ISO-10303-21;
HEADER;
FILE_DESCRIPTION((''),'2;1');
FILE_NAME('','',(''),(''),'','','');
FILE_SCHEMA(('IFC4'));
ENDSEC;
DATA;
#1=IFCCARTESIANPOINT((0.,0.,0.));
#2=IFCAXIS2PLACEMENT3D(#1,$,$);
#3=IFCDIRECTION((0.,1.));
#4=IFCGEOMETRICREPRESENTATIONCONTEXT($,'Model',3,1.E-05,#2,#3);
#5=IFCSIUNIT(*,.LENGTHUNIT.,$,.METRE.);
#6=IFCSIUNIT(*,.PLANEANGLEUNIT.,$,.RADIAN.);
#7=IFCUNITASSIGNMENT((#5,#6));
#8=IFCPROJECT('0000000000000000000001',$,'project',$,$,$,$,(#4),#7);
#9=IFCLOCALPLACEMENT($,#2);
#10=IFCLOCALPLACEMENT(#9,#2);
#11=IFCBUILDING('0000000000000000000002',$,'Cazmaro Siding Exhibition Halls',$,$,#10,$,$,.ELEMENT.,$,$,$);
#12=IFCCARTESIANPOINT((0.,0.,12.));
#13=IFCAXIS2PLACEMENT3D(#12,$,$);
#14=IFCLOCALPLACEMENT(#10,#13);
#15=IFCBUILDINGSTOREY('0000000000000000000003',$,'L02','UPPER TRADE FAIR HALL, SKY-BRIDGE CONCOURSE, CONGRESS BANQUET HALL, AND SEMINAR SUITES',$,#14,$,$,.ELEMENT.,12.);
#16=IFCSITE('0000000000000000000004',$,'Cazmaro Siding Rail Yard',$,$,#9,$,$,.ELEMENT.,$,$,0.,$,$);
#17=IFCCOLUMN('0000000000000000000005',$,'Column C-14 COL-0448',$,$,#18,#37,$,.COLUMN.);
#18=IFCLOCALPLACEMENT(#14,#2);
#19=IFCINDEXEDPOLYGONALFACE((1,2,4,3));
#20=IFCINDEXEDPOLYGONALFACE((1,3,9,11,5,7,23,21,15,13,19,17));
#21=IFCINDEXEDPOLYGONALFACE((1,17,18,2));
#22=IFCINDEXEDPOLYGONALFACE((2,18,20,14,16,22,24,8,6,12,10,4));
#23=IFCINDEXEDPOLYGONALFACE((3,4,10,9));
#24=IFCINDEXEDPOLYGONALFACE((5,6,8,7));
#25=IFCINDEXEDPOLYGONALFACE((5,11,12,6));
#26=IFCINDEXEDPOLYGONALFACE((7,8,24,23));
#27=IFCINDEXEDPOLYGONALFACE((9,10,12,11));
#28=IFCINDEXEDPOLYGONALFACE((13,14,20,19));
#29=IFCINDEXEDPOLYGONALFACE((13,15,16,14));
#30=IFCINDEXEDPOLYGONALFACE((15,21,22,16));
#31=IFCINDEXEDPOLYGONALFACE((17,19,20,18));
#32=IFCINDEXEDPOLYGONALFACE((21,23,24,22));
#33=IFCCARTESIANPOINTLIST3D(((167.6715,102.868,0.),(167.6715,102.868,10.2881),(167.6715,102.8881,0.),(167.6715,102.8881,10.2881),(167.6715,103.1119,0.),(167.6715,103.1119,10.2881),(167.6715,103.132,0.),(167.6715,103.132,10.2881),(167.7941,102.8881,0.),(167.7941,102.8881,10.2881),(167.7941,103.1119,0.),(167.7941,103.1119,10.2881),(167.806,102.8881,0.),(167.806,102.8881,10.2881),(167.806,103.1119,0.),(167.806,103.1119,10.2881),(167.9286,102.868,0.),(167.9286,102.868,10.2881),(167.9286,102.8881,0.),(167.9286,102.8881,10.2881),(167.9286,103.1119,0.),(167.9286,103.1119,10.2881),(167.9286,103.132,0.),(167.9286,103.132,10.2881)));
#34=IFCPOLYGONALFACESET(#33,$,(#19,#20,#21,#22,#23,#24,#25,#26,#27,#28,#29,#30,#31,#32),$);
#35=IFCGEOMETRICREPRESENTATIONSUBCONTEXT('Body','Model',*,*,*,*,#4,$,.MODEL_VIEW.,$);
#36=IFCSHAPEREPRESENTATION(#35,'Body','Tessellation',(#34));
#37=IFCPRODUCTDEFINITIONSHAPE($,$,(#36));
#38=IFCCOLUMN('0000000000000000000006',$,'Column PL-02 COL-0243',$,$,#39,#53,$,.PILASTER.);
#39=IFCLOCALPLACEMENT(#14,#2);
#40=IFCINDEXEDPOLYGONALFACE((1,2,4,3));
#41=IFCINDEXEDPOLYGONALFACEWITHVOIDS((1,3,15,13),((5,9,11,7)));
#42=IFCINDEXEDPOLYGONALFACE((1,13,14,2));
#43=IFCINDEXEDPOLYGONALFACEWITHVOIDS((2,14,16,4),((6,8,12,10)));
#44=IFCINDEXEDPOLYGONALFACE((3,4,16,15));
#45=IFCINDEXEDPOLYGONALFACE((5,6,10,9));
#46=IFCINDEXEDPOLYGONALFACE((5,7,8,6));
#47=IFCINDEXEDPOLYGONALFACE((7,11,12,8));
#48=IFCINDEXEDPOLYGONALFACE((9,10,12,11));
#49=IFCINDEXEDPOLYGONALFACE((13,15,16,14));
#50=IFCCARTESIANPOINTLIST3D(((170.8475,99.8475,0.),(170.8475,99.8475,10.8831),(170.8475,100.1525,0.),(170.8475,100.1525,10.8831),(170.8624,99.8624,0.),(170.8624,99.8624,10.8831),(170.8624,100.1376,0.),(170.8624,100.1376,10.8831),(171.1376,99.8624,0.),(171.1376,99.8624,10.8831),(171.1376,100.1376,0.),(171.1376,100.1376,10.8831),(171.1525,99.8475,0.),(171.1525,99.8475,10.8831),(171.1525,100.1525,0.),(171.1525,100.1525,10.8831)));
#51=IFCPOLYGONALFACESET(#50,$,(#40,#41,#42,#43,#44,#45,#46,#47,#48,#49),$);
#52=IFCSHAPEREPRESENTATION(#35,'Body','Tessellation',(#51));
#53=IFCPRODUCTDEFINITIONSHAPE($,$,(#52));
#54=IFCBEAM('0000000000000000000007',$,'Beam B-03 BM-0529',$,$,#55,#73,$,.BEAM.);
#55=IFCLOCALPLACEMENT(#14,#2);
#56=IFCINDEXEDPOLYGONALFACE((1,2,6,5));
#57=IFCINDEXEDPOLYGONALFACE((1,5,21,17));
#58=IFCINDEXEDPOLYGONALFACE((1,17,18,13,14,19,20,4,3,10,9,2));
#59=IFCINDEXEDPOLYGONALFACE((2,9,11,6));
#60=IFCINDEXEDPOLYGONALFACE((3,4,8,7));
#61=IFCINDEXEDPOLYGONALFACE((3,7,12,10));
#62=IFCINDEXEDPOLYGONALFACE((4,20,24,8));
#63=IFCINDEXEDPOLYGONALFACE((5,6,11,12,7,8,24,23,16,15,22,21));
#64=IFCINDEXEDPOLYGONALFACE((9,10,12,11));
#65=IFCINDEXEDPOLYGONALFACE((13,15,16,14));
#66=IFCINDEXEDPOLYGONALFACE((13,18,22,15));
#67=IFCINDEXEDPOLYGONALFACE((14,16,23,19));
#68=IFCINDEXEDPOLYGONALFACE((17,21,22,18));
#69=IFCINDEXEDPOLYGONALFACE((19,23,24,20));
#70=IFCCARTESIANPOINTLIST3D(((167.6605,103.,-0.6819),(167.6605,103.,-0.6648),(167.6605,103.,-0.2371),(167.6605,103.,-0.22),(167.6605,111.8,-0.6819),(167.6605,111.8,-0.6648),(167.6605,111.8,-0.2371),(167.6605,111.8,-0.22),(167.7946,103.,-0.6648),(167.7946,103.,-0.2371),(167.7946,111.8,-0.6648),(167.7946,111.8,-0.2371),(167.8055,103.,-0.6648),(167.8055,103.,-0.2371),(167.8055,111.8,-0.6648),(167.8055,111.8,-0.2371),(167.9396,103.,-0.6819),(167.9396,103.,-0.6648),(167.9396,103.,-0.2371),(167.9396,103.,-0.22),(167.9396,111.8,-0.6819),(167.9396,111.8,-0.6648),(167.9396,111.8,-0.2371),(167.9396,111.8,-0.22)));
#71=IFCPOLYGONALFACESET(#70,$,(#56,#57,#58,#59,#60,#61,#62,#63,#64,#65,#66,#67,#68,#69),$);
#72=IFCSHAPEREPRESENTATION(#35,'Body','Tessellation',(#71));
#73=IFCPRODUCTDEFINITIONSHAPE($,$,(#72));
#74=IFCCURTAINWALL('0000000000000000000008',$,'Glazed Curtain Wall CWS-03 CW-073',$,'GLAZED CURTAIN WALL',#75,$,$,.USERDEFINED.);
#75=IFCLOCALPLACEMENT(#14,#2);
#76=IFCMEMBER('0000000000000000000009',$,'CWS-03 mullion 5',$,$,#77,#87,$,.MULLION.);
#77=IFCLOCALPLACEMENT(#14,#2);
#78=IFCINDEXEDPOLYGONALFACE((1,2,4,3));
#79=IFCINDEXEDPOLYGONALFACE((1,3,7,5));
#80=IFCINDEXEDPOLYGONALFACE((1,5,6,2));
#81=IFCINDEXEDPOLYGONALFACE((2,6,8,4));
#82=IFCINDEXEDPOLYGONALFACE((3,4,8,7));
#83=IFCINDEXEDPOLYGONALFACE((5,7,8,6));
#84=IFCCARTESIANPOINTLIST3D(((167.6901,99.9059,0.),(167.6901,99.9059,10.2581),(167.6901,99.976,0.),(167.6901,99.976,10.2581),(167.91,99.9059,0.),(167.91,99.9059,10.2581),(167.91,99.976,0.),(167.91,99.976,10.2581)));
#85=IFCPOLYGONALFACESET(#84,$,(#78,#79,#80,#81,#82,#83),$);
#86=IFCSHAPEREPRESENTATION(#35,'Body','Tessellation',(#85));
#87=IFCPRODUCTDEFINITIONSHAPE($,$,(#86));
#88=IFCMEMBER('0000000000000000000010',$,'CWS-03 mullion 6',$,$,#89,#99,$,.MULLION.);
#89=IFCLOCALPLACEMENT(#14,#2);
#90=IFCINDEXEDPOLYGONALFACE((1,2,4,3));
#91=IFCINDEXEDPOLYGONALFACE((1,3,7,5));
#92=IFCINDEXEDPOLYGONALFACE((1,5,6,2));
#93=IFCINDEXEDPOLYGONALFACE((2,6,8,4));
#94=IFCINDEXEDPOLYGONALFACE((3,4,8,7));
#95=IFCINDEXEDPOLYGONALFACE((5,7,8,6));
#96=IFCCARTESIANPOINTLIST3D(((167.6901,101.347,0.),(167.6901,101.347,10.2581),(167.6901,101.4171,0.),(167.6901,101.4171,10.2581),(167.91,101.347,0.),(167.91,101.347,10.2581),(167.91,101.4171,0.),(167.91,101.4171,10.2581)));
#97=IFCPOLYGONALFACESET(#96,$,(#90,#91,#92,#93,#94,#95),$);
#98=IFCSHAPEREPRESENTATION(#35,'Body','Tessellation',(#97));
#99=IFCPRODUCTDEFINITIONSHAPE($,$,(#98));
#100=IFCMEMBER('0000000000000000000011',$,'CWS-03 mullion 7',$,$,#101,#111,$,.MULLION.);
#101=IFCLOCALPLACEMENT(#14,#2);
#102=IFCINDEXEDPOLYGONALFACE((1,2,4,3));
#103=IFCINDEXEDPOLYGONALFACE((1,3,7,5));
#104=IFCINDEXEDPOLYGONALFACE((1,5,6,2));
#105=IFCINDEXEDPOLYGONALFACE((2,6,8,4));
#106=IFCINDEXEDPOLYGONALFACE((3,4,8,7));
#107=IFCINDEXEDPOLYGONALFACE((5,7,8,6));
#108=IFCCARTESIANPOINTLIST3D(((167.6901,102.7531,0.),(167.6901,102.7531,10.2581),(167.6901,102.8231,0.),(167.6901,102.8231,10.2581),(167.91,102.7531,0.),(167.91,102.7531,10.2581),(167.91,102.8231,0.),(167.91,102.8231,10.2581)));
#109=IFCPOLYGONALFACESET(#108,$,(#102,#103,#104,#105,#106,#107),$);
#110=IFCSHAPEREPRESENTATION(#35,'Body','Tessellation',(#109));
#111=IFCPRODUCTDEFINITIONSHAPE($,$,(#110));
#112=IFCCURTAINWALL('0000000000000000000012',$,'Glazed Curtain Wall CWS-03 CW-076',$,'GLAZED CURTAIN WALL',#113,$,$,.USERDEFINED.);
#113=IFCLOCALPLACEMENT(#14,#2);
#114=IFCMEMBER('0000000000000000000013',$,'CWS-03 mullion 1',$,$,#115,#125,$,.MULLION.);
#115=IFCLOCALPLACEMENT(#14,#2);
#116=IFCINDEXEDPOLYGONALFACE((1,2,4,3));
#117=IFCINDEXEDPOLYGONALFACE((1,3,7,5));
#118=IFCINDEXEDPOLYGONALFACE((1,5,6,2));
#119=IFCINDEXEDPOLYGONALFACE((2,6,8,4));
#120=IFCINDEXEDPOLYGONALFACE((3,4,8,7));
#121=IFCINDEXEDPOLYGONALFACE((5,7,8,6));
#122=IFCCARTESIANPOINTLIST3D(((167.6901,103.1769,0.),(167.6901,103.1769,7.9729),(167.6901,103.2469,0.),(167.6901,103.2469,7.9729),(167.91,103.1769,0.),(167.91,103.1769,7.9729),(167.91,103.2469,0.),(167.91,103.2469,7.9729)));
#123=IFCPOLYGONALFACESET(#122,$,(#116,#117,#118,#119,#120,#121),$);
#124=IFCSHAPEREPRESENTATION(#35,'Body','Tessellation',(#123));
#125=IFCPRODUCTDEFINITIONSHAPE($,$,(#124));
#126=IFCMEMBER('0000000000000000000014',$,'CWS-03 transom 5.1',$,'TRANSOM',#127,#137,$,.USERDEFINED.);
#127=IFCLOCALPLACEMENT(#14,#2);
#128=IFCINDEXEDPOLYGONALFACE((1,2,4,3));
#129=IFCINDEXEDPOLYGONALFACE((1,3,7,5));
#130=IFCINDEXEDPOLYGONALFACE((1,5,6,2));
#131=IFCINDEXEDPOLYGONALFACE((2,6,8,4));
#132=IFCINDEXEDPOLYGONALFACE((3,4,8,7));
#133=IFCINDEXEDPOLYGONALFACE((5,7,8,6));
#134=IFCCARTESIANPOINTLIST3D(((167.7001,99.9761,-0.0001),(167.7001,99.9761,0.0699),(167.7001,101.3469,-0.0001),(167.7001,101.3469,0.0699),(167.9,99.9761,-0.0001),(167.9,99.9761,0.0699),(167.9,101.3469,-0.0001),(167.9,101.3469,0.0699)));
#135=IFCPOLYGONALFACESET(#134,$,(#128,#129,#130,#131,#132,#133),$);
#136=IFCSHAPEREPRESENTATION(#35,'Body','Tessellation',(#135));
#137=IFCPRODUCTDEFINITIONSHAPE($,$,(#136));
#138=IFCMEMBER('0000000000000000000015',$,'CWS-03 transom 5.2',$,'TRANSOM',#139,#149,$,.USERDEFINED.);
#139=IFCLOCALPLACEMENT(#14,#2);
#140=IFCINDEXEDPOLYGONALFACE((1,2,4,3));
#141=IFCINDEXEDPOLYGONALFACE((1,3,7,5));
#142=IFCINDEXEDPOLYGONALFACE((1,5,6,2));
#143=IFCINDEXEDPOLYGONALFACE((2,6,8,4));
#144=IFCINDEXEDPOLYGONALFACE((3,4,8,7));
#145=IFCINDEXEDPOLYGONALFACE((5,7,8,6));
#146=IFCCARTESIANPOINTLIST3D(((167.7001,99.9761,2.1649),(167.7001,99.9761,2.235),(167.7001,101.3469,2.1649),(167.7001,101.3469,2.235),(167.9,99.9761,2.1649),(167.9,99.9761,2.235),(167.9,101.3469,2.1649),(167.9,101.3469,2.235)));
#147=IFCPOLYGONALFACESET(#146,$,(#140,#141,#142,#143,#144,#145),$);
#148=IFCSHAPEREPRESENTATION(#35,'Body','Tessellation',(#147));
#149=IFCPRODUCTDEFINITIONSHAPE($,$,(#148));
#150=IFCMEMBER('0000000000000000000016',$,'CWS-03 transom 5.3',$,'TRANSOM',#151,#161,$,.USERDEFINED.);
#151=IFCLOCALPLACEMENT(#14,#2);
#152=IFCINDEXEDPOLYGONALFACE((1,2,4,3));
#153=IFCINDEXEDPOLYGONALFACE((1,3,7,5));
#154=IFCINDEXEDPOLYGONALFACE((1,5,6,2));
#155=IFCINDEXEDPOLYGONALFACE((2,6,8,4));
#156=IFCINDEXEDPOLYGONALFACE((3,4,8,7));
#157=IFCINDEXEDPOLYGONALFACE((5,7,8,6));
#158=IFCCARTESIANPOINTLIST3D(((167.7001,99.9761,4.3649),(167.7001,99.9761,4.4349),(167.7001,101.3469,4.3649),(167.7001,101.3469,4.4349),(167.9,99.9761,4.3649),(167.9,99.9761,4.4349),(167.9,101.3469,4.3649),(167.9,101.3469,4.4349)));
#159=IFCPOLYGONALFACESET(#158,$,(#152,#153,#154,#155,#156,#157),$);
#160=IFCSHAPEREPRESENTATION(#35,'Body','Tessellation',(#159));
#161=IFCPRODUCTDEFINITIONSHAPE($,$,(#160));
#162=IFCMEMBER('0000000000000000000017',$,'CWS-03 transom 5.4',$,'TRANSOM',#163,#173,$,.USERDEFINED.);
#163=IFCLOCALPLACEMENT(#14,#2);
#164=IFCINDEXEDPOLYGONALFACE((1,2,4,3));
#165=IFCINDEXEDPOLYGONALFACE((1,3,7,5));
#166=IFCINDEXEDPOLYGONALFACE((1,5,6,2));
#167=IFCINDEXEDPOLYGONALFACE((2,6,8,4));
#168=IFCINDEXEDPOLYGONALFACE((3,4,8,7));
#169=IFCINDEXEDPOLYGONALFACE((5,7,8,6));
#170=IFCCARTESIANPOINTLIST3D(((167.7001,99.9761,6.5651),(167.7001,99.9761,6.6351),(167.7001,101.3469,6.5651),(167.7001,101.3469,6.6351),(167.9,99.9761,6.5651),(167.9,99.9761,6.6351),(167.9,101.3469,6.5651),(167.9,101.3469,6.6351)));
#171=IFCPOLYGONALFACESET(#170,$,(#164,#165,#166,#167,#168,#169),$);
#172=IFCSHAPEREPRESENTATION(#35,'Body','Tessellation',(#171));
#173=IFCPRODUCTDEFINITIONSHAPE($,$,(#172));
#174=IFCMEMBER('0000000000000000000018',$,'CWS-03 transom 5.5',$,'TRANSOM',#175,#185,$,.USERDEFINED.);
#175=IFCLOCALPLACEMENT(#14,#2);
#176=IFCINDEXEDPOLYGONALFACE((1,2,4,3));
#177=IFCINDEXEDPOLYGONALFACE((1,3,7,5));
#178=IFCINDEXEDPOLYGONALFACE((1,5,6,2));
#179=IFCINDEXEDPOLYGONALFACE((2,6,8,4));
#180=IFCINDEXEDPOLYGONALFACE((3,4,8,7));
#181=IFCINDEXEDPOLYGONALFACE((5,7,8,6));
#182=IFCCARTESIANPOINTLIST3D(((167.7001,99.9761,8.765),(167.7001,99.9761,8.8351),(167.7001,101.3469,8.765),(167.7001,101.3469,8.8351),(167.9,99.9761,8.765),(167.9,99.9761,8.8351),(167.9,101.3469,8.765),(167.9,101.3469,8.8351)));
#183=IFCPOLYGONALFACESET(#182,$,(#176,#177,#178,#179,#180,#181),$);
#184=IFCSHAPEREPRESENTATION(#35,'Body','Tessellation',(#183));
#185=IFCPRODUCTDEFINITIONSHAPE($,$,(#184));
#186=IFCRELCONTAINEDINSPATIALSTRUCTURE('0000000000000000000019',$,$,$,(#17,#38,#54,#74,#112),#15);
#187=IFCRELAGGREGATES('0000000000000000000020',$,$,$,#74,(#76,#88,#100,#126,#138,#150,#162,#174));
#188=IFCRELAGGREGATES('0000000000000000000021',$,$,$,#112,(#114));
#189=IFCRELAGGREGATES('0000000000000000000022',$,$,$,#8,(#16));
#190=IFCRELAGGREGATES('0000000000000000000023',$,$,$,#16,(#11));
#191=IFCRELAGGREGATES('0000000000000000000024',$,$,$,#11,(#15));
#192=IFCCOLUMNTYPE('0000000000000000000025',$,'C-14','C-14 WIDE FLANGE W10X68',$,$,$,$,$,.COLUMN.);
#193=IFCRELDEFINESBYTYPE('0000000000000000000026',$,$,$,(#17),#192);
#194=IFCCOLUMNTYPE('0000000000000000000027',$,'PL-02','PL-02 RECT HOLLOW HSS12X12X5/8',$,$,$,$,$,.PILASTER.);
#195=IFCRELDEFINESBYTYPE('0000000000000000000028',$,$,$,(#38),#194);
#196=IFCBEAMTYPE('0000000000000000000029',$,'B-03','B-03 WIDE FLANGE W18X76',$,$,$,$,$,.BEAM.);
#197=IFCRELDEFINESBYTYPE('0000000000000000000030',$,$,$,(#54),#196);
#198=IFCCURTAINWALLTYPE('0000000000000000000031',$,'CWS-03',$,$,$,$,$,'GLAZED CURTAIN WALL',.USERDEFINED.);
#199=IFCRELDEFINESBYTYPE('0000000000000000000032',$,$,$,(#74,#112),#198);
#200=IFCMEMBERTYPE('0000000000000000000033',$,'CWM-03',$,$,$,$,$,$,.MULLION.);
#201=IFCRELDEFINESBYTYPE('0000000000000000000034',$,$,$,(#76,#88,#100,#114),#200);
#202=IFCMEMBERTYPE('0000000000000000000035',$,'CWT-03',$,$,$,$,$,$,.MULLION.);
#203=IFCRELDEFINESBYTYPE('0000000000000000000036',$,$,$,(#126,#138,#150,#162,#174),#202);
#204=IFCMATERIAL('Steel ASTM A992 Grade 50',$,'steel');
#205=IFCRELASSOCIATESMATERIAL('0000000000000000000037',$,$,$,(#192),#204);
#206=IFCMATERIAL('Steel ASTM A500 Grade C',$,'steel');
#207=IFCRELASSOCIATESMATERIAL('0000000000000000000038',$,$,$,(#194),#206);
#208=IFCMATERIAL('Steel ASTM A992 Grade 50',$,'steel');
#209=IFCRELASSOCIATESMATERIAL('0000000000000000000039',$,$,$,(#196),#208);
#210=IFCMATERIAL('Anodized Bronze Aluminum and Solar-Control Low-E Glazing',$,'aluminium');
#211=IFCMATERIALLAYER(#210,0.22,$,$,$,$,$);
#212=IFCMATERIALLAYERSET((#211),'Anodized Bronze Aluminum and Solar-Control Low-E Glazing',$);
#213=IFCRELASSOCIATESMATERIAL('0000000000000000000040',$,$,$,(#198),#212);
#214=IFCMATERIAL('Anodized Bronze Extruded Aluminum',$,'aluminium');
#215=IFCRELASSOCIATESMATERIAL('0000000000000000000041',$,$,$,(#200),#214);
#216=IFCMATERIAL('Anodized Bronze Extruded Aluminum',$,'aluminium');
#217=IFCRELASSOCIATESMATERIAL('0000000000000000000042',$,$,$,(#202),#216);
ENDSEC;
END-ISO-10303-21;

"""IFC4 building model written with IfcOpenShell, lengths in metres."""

from ifc_helpers import new_model, si_unit, direction, frame, origin, origin_2d, place, context, subcontext, project, spatial, rectangle, hollow_rectangle, i_section, extrude, material, layer, layer_set, material_profile, profile_set, type_object, element, aggregate, save


model = new_model("IFC4")

# Units and contexts
model_context = context("Model", 3, precision=1e-05, world=origin(), true_north=direction((0.0, 1.0)))
body_context = subcontext(model_context, "Body", "Model", "MODEL_VIEW")
ifc_project = project(units=[si_unit("LENGTHUNIT", "METRE"), si_unit("PLANEANGLEUNIT", "RADIAN")], contexts=[model_context])

# Site, building, storey
site_placement = place(None, origin())
site = spatial("IfcSite", under=ifc_project, at=site_placement, Name="Cazmaro Siding Rail Yard", CompositionType="ELEMENT", RefElevation=0.0)
building_placement = place(site_placement, origin())
building = spatial("IfcBuilding", under=site, at=building_placement, Name="Cazmaro Siding Exhibition Halls", CompositionType="ELEMENT")
storey_placement = place(building_placement, frame((0.0, 0.0, 12.0)))
storey = spatial("IfcBuildingStorey", under=building, at=storey_placement, Name="L02", Description="UPPER TRADE FAIR HALL, SKY-BRIDGE CONCOURSE, CONGRESS BANQUET HALL, AND SEMINAR SUITES", CompositionType="ELEMENT", Elevation=12.0)

# Columns
ifc_material_1 = material(Name="Steel ASTM A992 Grade 50", Category="steel")
ifc_material_profile_1 = material_profile(ifc_material_1, i_section(OverallWidth=0.2571, OverallDepth=0.2639, WebThickness=0.012, FlangeThickness=0.02, at=origin_2d()), Name="W10X68")
ifc_profile_set_1 = profile_set([ifc_material_profile_1], Name="Steel ASTM A992 Grade 50")
column_type_1 = type_object("IfcColumnType", Name="C-14", Description="C-14 WIDE FLANGE W10X68", PredefinedType="COLUMN", material=ifc_profile_set_1)
column_1_placement = place(storey_placement, frame((167.8, 103.0, 0.0), z_axis=(0.0, 0.0, 1.0), x_axis=(1.0, 0.0, 0.0)))
element("IfcColumn", 1, at=column_1_placement, inside=storey, type_object=column_type_1, Name="Column C-14 COL-0448", PredefinedType="COLUMN", context=body_context, shape_type="SweptSolid", body=[
    extrude(i_section(OverallWidth=0.2571, OverallDepth=0.2639, WebThickness=0.012, FlangeThickness=0.02, at=origin_2d()), origin(), (0.0, 0.0, 1.0), 10.2881),
])
ifc_material_2 = material(Name="Steel ASTM A500 Grade C", Category="steel")
ifc_material_profile_2 = material_profile(ifc_material_2, hollow_rectangle(XDim=0.3049, YDim=0.3049, WallThickness=0.0149, at=origin_2d()), Name="HSS12X12X5/8")
ifc_profile_set_2 = profile_set([ifc_material_profile_2], Name="Steel ASTM A500 Grade C")
column_type_2 = type_object("IfcColumnType", Name="PL-02", Description="PL-02 RECT HOLLOW HSS12X12X5/8", PredefinedType="PILASTER", material=ifc_profile_set_2)
column_2_placement = place(storey_placement, frame((171.0, 100.0, 0.0), z_axis=(0.0, 0.0, 1.0), x_axis=(1.0, 0.0, 0.0)))
element("IfcColumn", 2, at=column_2_placement, inside=storey, type_object=column_type_2, Name="Column PL-02 COL-0243", PredefinedType="PILASTER", context=body_context, shape_type="SweptSolid", body=[
    extrude(hollow_rectangle(XDim=0.3049, YDim=0.3049, WallThickness=0.0149, at=origin_2d()), origin(), (0.0, 0.0, 1.0), 10.8831),
])

# Beam
ifc_material_3 = material(Name="Steel ASTM A992 Grade 50", Category="steel")
ifc_material_profile_3 = material_profile(ifc_material_3, i_section(OverallWidth=0.2791, OverallDepth=0.4619, WebThickness=0.011, FlangeThickness=0.0171, at=origin_2d()), Name="W18X76")
ifc_profile_set_3 = profile_set([ifc_material_profile_3], Name="Steel ASTM A992 Grade 50")
beam_type_1 = type_object("IfcBeamType", Name="B-03", Description="B-03 WIDE FLANGE W18X76", PredefinedType="BEAM", material=ifc_profile_set_3)
beam_1_placement = place(storey_placement, frame((167.8, 103.0, -0.4509), z_axis=(0.0, 1.0, 0.0), x_axis=(-1.0, 0.0, 0.0)))
element("IfcBeam", 3, at=beam_1_placement, inside=storey, type_object=beam_type_1, Name="Beam B-03 BM-0529", PredefinedType="BEAM", context=body_context, shape_type="SweptSolid", body=[
    extrude(i_section(OverallWidth=0.2791, OverallDepth=0.4619, WebThickness=0.011, FlangeThickness=0.0171, at=origin_2d()), origin(), (0.0, 0.0, 1.0), 8.8),
])

# Curtain wall, members
ifc_material_4 = material(Name="Anodized Bronze Aluminum and Solar-Control Low-E Glazing", Category="aluminium")
ifc_layer_1 = layer(ifc_material_4, 0.22)
ifc_layer_set_1 = layer_set([ifc_layer_1], Name="Anodized Bronze Aluminum and Solar-Control Low-E Glazing")
curtain_wall_type = type_object("IfcCurtainWallType", Name="CWS-03", ElementType="GLAZED CURTAIN WALL", PredefinedType="USERDEFINED", material=ifc_layer_set_1)
curtain_wall_1_placement = place(storey_placement, origin())
curtain_wall_1 = element("IfcCurtainWall", 4, at=curtain_wall_1_placement, inside=storey, type_object=curtain_wall_type, Name="Glazed Curtain Wall CWS-03 CW-073", ObjectType="GLAZED CURTAIN WALL", PredefinedType="USERDEFINED")
ifc_material_5 = material(Name="Anodized Bronze Extruded Aluminum", Category="aluminium")
ifc_material_profile_4 = material_profile(ifc_material_5, rectangle(XDim=0.22, YDim=0.0701, at=origin_2d()), Name="CWM-03")
ifc_profile_set_4 = profile_set([ifc_material_profile_4], Name="Anodized Bronze Extruded Aluminum")
member_type_1 = type_object("IfcMemberType", Name="CWM-03", PredefinedType="MULLION", material=ifc_profile_set_4)
member_1_placement = place(storey_placement, frame((167.8, 99.9409, 0.0), z_axis=(0.0, 0.0, 1.0), x_axis=(-1.0, 0.0, 0.0)))
member_1 = element("IfcMember", 5, at=member_1_placement, type_object=member_type_1, Name="CWS-03 mullion 5", PredefinedType="MULLION", context=body_context, shape_type="SweptSolid", body=[
    extrude(rectangle(XDim=0.22, YDim=0.0701, at=origin_2d()), origin(), (0.0, 0.0, 1.0), 10.2581),
])
member_2_placement = place(storey_placement, frame((167.8, 101.3821, 0.0), z_axis=(0.0, 0.0, 1.0), x_axis=(-1.0, 0.0, 0.0)))
member_2 = element("IfcMember", 6, at=member_2_placement, type_object=member_type_1, Name="CWS-03 mullion 6", PredefinedType="MULLION", context=body_context, shape_type="SweptSolid", body=[
    extrude(rectangle(XDim=0.22, YDim=0.0701, at=origin_2d()), origin(), (0.0, 0.0, 1.0), 10.2581),
])
member_3_placement = place(storey_placement, frame((167.8, 102.7881, 0.0), z_axis=(0.0, 0.0, 1.0), x_axis=(-1.0, 0.0, 0.0)))
member_3 = element("IfcMember", 7, at=member_3_placement, type_object=member_type_1, Name="CWS-03 mullion 7", PredefinedType="MULLION", context=body_context, shape_type="SweptSolid", body=[
    extrude(rectangle(XDim=0.22, YDim=0.0701, at=origin_2d()), origin(), (0.0, 0.0, 1.0), 10.2581),
])

# Curtain wall, member
curtain_wall_2_placement = place(storey_placement, origin())
curtain_wall_2 = element("IfcCurtainWall", 8, at=curtain_wall_2_placement, inside=storey, type_object=curtain_wall_type, Name="Glazed Curtain Wall CWS-03 CW-076", ObjectType="GLAZED CURTAIN WALL", PredefinedType="USERDEFINED")
member_4_placement = place(storey_placement, frame((167.8, 103.2119, 0.0), z_axis=(0.0, 0.0, 1.0), x_axis=(-1.0, 0.0, 0.0)))
member_4 = element("IfcMember", 9, at=member_4_placement, type_object=member_type_1, Name="CWS-03 mullion 1", PredefinedType="MULLION", context=body_context, shape_type="SweptSolid", body=[
    extrude(rectangle(XDim=0.22, YDim=0.0701, at=origin_2d()), origin(), (0.0, 0.0, 1.0), 7.9729),
])

# Members
ifc_material_6 = material(Name="Anodized Bronze Extruded Aluminum", Category="aluminium")
ifc_material_profile_5 = material_profile(ifc_material_6, rectangle(XDim=0.2, YDim=0.0701, at=origin_2d()), Name="CWT-03")
ifc_profile_set_5 = profile_set([ifc_material_profile_5], Name="Anodized Bronze Extruded Aluminum")
member_type_2 = type_object("IfcMemberType", Name="CWT-03", PredefinedType="MULLION", material=ifc_profile_set_5)
member_5_placement = place(storey_placement, frame((167.8, 99.9761, 0.0349), z_axis=(0.0, 1.0, 0.0), x_axis=(-1.0, 0.0, 0.0)))
member_5 = element("IfcMember", 10, at=member_5_placement, type_object=member_type_2, Name="CWS-03 transom 5.1", ObjectType="TRANSOM", PredefinedType="USERDEFINED", context=body_context, shape_type="SweptSolid", body=[
    extrude(rectangle(XDim=0.2, YDim=0.0701, at=origin_2d()), origin(), (0.0, 0.0, 1.0), 1.3708),
])
member_6_placement = place(storey_placement, frame((167.8, 99.9761, 2.2), z_axis=(0.0, 1.0, 0.0), x_axis=(-1.0, 0.0, 0.0)))
member_6 = element("IfcMember", 11, at=member_6_placement, type_object=member_type_2, Name="CWS-03 transom 5.2", ObjectType="TRANSOM", PredefinedType="USERDEFINED", context=body_context, shape_type="SweptSolid", body=[
    extrude(rectangle(XDim=0.2, YDim=0.0701, at=origin_2d()), origin(), (0.0, 0.0, 1.0), 1.3708),
])
member_7_placement = place(storey_placement, frame((167.8, 99.9761, 4.3999), z_axis=(0.0, 1.0, 0.0), x_axis=(-1.0, 0.0, 0.0)))
member_7 = element("IfcMember", 12, at=member_7_placement, type_object=member_type_2, Name="CWS-03 transom 5.3", ObjectType="TRANSOM", PredefinedType="USERDEFINED", context=body_context, shape_type="SweptSolid", body=[
    extrude(rectangle(XDim=0.2, YDim=0.0701, at=origin_2d()), origin(), (0.0, 0.0, 1.0), 1.3708),
])
member_8_placement = place(storey_placement, frame((167.8, 99.9761, 6.6001), z_axis=(0.0, 1.0, 0.0), x_axis=(-1.0, 0.0, 0.0)))
member_8 = element("IfcMember", 13, at=member_8_placement, type_object=member_type_2, Name="CWS-03 transom 5.4", ObjectType="TRANSOM", PredefinedType="USERDEFINED", context=body_context, shape_type="SweptSolid", body=[
    extrude(rectangle(XDim=0.2, YDim=0.0701, at=origin_2d()), origin(), (0.0, 0.0, 1.0), 1.3708),
])
member_9_placement = place(storey_placement, frame((167.8, 99.9761, 8.8), z_axis=(0.0, 1.0, 0.0), x_axis=(-1.0, 0.0, 0.0)))
member_9 = element("IfcMember", 14, at=member_9_placement, type_object=member_type_2, Name="CWS-03 transom 5.5", ObjectType="TRANSOM", PredefinedType="USERDEFINED", context=body_context, shape_type="SweptSolid", body=[
    extrude(rectangle(XDim=0.2, YDim=0.0701, at=origin_2d()), origin(), (0.0, 0.0, 1.0), 1.3708),
])

aggregate(curtain_wall_1, [member_1, member_2, member_3, member_5, member_6, member_7, member_8, member_9])
aggregate(curtain_wall_2, [member_4])

save(model, "model.ifc")
